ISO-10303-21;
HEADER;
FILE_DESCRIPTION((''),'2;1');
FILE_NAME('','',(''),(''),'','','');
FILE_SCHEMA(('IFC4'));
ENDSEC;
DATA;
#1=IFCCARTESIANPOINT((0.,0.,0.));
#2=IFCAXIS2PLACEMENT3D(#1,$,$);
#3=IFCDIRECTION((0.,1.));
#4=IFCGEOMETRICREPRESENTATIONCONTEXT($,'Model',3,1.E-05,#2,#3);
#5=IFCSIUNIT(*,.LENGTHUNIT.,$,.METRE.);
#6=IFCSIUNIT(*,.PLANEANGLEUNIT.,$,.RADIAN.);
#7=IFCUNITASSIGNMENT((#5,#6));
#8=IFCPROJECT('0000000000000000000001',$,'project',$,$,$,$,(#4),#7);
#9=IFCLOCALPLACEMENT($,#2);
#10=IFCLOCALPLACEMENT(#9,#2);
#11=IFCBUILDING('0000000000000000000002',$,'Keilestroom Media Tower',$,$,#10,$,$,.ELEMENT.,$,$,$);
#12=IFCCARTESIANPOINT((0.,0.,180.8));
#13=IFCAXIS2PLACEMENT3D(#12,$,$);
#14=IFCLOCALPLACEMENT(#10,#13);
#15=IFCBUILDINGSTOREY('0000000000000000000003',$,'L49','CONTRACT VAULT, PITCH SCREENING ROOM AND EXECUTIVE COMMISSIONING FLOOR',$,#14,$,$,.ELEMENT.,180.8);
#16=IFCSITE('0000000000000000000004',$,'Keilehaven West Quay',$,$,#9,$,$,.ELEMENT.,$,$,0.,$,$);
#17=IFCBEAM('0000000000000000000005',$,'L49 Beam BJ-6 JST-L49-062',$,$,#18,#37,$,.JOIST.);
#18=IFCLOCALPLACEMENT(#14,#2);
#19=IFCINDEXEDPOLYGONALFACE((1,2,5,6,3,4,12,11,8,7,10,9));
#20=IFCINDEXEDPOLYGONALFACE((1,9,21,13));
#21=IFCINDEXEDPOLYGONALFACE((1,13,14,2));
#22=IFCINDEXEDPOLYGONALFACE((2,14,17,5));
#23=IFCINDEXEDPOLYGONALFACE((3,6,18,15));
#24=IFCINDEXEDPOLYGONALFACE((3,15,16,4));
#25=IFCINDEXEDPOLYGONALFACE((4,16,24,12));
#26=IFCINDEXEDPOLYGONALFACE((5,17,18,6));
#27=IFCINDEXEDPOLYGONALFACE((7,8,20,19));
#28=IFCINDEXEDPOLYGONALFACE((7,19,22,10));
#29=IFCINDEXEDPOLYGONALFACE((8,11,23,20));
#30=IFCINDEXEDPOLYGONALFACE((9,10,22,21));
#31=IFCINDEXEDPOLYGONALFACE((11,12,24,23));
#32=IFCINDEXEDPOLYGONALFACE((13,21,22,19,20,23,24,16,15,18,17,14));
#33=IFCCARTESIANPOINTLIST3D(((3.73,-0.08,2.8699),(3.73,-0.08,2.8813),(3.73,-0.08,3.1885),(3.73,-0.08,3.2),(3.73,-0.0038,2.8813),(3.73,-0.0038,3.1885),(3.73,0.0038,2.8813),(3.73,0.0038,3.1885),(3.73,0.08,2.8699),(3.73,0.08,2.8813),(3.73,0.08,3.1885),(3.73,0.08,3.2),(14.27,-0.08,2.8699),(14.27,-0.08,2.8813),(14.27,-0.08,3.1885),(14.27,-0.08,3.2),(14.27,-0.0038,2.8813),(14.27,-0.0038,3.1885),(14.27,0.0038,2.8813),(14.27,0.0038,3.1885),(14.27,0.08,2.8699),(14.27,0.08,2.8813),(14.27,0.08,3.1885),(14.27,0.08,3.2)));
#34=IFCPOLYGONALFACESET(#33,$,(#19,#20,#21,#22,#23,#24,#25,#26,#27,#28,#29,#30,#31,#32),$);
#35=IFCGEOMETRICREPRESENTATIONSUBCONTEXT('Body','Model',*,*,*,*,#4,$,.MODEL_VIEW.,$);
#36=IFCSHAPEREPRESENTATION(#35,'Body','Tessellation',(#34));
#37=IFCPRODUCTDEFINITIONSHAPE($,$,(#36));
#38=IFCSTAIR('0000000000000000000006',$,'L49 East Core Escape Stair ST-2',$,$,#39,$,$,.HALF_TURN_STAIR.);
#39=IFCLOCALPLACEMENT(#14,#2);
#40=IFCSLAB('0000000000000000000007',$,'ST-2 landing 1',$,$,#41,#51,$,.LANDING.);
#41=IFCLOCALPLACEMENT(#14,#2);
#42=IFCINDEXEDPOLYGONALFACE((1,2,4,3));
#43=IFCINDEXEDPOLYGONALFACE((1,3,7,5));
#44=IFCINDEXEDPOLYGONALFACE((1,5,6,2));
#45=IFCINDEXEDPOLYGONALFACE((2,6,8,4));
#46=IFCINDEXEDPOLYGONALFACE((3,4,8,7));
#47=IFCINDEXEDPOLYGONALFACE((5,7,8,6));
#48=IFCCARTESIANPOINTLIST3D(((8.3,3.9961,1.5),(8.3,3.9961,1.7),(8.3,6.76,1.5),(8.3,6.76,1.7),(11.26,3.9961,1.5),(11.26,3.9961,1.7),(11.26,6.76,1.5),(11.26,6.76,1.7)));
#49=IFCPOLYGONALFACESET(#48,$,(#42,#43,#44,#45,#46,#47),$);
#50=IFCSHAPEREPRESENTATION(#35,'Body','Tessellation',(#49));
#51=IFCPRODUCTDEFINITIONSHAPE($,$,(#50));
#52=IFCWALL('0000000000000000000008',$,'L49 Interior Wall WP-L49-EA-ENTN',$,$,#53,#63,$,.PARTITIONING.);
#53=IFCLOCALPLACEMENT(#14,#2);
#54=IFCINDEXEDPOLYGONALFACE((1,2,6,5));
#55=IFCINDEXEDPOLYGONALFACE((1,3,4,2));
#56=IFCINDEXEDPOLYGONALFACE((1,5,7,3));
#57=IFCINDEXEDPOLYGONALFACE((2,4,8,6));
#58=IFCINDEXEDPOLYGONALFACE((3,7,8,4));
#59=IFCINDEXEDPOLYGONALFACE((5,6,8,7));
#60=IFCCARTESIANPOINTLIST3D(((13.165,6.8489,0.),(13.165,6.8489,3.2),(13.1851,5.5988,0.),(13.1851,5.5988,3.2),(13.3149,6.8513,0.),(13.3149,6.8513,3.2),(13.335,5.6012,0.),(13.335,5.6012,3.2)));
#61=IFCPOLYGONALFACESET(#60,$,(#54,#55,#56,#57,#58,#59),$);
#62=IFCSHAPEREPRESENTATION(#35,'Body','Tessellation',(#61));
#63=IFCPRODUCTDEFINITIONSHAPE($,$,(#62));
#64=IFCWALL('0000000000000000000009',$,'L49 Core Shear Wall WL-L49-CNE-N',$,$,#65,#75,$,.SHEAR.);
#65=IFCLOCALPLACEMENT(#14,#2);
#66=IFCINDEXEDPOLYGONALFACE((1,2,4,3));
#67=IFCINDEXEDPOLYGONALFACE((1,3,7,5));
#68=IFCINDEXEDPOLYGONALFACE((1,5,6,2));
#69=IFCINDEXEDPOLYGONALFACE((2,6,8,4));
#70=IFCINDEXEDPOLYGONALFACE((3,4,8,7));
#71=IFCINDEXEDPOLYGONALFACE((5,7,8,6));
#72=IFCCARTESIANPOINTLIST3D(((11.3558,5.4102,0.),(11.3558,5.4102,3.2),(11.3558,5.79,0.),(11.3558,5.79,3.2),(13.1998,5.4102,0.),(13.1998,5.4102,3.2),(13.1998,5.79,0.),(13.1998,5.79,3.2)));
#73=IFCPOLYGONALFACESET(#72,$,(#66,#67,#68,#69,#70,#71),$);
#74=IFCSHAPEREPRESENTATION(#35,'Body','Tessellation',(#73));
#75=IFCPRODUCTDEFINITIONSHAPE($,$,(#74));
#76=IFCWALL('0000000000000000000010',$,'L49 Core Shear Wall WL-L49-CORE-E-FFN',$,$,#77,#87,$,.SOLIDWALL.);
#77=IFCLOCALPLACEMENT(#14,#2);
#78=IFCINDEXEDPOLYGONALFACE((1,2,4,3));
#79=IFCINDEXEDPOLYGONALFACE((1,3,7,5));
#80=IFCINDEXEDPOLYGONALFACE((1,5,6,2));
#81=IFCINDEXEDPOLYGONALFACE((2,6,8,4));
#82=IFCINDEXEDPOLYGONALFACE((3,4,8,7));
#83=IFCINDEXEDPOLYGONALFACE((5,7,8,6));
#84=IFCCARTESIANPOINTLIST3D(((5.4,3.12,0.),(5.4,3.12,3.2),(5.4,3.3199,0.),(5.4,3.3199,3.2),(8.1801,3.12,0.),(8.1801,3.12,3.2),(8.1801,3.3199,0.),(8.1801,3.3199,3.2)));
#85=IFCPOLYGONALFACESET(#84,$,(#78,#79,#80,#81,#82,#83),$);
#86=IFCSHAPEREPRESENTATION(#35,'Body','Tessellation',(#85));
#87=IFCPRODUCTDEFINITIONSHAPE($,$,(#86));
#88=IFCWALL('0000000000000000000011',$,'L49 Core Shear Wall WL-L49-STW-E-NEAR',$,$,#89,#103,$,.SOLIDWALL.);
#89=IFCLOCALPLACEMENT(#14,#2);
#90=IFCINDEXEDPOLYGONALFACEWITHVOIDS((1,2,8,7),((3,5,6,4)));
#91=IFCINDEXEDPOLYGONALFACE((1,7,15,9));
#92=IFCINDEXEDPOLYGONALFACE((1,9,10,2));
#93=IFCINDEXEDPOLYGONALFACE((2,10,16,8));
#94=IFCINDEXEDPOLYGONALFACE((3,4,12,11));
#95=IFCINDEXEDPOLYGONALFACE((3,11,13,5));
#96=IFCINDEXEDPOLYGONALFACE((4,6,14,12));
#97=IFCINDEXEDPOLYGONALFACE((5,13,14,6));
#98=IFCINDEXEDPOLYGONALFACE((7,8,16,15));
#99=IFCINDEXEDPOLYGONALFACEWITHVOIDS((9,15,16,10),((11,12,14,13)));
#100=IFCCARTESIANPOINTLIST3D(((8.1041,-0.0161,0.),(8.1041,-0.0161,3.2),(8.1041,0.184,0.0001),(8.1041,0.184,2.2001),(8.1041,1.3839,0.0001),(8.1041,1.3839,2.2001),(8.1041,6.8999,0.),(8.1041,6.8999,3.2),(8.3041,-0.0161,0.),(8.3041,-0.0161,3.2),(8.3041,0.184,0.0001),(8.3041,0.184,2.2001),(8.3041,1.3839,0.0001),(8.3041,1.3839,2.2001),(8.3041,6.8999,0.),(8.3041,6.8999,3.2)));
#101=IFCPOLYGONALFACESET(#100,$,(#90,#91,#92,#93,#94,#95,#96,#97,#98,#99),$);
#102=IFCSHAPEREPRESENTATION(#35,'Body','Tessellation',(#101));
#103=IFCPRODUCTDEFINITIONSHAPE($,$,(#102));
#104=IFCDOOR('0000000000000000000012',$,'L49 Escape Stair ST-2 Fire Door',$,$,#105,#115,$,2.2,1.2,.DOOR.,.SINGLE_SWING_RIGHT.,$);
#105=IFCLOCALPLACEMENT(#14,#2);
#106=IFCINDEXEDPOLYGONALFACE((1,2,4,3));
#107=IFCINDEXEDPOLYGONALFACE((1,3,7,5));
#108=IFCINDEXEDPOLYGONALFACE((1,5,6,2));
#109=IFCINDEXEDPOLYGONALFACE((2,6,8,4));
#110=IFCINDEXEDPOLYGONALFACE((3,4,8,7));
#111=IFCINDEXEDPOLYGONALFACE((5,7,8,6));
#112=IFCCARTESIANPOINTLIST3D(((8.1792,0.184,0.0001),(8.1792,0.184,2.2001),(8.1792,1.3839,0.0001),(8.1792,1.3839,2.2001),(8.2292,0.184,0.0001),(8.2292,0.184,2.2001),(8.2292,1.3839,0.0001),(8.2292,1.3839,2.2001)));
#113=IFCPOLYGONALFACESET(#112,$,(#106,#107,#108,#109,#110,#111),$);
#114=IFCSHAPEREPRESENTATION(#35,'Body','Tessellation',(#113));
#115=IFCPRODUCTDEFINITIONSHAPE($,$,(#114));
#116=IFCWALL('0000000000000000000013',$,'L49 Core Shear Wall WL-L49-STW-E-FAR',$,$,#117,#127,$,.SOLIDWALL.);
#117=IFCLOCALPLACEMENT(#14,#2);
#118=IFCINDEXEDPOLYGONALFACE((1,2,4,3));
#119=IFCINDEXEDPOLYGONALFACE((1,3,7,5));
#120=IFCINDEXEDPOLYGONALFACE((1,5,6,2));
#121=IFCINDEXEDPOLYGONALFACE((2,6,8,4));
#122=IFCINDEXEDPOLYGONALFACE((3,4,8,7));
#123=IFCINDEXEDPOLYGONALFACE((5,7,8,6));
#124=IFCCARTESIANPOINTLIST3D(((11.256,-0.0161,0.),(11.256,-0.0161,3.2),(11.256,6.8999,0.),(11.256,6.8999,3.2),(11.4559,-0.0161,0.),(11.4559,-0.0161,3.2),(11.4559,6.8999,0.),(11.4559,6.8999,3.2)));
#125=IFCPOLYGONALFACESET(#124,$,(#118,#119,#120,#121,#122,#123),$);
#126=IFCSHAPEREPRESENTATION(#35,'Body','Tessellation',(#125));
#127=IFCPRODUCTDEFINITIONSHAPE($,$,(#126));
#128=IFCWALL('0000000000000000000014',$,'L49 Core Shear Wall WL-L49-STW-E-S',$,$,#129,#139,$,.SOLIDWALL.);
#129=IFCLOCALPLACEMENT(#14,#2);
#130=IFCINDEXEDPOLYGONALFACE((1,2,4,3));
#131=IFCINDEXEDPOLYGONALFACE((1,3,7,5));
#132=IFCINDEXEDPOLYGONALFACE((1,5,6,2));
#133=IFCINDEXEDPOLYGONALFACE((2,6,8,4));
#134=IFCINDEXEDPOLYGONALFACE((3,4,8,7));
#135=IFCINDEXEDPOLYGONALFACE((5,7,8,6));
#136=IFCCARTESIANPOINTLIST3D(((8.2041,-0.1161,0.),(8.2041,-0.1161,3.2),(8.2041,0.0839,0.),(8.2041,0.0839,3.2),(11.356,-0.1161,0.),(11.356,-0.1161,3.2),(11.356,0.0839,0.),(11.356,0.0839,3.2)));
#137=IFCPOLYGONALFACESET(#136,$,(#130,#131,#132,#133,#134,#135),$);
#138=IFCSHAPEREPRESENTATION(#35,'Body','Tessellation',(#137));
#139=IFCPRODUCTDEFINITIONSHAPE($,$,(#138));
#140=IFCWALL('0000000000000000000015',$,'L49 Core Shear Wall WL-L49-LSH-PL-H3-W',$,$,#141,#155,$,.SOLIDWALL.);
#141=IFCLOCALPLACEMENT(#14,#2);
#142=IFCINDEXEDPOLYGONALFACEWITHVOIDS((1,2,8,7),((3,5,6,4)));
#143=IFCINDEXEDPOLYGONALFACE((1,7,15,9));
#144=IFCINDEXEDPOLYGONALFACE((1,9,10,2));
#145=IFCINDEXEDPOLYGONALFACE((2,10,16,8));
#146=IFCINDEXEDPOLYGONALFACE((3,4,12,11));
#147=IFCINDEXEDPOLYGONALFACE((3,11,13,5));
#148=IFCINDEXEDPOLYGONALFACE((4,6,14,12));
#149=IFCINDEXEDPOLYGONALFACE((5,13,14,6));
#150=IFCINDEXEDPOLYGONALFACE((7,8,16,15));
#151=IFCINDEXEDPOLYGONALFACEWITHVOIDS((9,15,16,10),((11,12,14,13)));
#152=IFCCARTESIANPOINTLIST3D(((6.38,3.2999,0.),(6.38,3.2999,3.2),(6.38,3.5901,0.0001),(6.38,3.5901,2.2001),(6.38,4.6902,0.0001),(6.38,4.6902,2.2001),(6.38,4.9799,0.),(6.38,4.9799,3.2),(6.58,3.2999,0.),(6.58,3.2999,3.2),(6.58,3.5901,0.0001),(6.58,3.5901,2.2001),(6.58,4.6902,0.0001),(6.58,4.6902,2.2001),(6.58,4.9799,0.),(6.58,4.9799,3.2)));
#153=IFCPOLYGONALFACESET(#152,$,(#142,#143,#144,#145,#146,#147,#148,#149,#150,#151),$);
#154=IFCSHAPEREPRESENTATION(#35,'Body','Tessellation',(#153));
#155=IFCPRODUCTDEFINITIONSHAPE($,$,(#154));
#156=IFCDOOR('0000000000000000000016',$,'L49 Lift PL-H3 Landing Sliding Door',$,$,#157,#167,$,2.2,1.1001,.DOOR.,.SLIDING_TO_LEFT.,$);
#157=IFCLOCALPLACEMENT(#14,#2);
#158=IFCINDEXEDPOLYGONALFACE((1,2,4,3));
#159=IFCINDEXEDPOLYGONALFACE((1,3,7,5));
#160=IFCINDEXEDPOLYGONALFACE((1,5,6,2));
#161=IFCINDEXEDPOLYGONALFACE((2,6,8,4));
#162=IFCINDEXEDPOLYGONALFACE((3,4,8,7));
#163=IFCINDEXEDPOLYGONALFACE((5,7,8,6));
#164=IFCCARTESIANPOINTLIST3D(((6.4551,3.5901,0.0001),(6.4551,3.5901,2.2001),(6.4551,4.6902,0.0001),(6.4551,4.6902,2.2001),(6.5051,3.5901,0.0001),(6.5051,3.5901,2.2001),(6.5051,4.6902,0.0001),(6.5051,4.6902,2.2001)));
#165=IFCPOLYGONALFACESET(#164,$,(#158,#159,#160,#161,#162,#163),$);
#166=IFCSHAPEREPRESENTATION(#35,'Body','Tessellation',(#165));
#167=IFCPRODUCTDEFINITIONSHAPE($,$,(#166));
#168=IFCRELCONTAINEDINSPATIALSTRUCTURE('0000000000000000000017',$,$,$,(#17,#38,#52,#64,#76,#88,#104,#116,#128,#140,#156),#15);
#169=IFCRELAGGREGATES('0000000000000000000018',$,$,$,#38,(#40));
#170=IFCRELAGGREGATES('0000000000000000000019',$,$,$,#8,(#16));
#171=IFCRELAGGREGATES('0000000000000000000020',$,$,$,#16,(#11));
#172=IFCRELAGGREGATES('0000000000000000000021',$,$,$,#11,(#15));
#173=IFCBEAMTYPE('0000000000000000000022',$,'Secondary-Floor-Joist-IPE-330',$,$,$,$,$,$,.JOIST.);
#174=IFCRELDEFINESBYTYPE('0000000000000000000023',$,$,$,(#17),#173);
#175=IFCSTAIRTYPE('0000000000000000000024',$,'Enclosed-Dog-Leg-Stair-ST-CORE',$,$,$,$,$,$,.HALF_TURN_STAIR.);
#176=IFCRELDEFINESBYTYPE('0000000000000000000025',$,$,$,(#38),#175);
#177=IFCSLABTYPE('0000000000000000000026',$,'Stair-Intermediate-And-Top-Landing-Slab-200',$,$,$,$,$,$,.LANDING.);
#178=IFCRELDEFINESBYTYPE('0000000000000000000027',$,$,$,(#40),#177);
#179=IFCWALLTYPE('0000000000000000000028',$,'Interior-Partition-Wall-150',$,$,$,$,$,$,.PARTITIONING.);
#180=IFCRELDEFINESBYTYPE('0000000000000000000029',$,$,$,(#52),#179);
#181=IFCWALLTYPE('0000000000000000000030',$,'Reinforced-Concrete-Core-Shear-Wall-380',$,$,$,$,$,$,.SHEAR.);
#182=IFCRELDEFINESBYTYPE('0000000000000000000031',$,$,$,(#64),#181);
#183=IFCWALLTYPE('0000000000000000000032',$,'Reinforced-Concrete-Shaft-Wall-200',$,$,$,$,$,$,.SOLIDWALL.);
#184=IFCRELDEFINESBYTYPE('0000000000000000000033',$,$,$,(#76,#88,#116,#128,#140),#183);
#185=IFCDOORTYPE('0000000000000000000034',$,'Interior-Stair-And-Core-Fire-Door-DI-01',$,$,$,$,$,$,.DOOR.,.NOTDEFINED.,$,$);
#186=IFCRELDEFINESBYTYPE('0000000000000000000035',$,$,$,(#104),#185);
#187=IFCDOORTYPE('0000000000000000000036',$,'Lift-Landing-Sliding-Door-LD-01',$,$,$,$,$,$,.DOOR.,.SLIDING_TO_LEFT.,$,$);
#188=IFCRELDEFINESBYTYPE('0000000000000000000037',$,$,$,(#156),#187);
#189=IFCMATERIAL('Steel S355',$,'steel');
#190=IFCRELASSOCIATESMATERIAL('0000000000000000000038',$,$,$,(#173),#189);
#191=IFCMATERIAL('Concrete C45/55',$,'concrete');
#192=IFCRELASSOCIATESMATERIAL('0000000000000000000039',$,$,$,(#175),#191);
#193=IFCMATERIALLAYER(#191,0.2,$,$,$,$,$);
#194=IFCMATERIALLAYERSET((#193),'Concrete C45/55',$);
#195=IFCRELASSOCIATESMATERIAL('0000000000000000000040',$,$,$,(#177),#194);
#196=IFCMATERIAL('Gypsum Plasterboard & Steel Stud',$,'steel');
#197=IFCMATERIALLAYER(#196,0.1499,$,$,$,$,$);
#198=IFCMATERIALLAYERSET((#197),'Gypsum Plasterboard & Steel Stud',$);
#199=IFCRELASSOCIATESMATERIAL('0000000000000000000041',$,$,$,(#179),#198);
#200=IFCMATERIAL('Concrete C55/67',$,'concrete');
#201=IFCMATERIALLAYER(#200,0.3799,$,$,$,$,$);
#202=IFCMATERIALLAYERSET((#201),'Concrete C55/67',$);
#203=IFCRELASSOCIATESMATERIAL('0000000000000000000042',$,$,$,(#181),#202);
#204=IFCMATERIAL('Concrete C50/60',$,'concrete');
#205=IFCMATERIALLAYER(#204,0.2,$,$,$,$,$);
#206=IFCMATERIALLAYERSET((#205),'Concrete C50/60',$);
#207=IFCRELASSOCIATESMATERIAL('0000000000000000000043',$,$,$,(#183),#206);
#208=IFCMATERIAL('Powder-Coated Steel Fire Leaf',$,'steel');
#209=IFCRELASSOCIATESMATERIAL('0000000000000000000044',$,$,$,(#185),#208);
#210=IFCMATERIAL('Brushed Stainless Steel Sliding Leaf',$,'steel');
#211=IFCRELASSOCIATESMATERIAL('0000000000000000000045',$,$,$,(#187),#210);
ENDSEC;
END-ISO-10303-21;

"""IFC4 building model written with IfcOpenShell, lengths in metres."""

from ifc_helpers import new_model, si_unit, direction, frame, frame_2d, origin, origin_2d, place, context, subcontext, project, spatial, polyline, rectangle, i_section, outline, extrude, source, transform, mapped, material, layer, layer_set, material_profile, profile_set, type_object, element, fill, aggregate, save


model = new_model("IFC4")

# Units and contexts
model_context = context("Model", 3, precision=1e-05, world=origin(), true_north=direction((0.0, 1.0)))
body_context = subcontext(model_context, "Body", "Model", "MODEL_VIEW")
ifc_project = project(units=[si_unit("LENGTHUNIT", "METRE"), si_unit("PLANEANGLEUNIT", "RADIAN")], contexts=[model_context])

# Site, building, storey
site_placement = place(None, origin())
site = spatial("IfcSite", under=ifc_project, at=site_placement, Name="Keilehaven West Quay", CompositionType="ELEMENT", RefElevation=0.0)
building_placement = place(site_placement, origin())
building = spatial("IfcBuilding", under=site, at=building_placement, Name="Keilestroom Media Tower", CompositionType="ELEMENT")
storey_placement = place(building_placement, frame((0.0, 0.0, 180.8)))
storey = spatial("IfcBuildingStorey", under=building, at=storey_placement, Name="L49", Description="CONTRACT VAULT, PITCH SCREENING ROOM AND EXECUTIVE COMMISSIONING FLOOR", CompositionType="ELEMENT", Elevation=180.8)

# Beam
ifc_material_1 = material(Name="Steel S355", Category="steel")
ifc_material_profile = material_profile(ifc_material_1, i_section(OverallWidth=0.1599, OverallDepth=0.3301, WebThickness=0.0076, FlangeThickness=0.0115, at=origin_2d()), Name="IPE 330")
ifc_profile_set = profile_set([ifc_material_profile], Name="Steel S355")
beam_type = type_object("IfcBeamType", Name="Secondary-Floor-Joist-IPE-330", PredefinedType="JOIST", material=ifc_profile_set)
shared_shape_1 = source(origin(), body_context, "Body", "SweptSolid", [
    extrude(i_section(OverallWidth=0.1599, OverallDepth=0.3301, WebThickness=0.0076, FlangeThickness=0.0115, at=origin_2d()), origin(), (0.0, 0.0, 1.0), 10.54),
])
beam_placement = place(storey_placement, frame((3.73, 0.0, 3.0349), z_axis=(1.0, 0.0, 0.0), x_axis=(0.0, 1.0, 0.0)))
element("IfcBeam", 1, at=beam_placement, inside=storey, type_object=beam_type, Name="L49 Beam BJ-6 JST-L49-062", PredefinedType="JOIST", context=body_context, shape_type="MappedRepresentation", body=[
    mapped(shared_shape_1, transform((0.0, 0.0, 0.0), x_axis=(1.0, 0.0, 0.0), y_axis=(0.0, 1.0, 0.0), z_axis=(0.0, 0.0, 1.0), scale=1.0)),
])

# Stair, slab
ifc_material_2 = material(Name="Concrete C45/55", Category="concrete")
stair_type = type_object("IfcStairType", Name="Enclosed-Dog-Leg-Stair-ST-CORE", PredefinedType="HALF_TURN_STAIR", material=ifc_material_2)
stair_placement = place(storey_placement, origin())
stair = element("IfcStair", 2, at=stair_placement, inside=storey, type_object=stair_type, Name="L49 East Core Escape Stair ST-2", PredefinedType="HALF_TURN_STAIR")
ifc_layer_1 = layer(ifc_material_2, 0.2)
ifc_layer_set_1 = layer_set([ifc_layer_1], Name="Concrete C45/55")
slab_type = type_object("IfcSlabType", Name="Stair-Intermediate-And-Top-Landing-Slab-200", PredefinedType="LANDING", material=ifc_layer_set_1)
slab_placement = place(storey_placement, frame((0.0, 0.0, 1.5)))
slab = element("IfcSlab", 3, at=slab_placement, type_object=slab_type, Name="ST-2 landing 1", PredefinedType="LANDING", context=body_context, shape_type="SweptSolid", body=[
    extrude(outline(polyline([(11.26, 3.9961), (11.26, 6.76), (8.3, 6.76), (8.3, 3.9961), (11.26, 3.9961)])), origin(), (0.0, 0.0, 1.0), 0.2),
])

# Walls
ifc_material_3 = material(Name="Gypsum Plasterboard & Steel Stud", Category="steel")
ifc_layer_2 = layer(ifc_material_3, 0.1499)
ifc_layer_set_2 = layer_set([ifc_layer_2], Name="Gypsum Plasterboard & Steel Stud")
wall_type_1 = type_object("IfcWallType", Name="Interior-Partition-Wall-150", PredefinedType="PARTITIONING", material=ifc_layer_set_2)
wall_1_placement = place(storey_placement, frame((13.26, 5.6001, 0.0), z_axis=(0.0, 0.0, 1.0), x_axis=(-0.016014, 0.999872, 0.0)))
element("IfcWall", 4, at=wall_1_placement, inside=storey, type_object=wall_type_1, Name="L49 Interior Wall WP-L49-EA-ENTN", PredefinedType="PARTITIONING", context=body_context, shape_type="SweptSolid", body=[
    extrude(rectangle(XDim=1.2502, YDim=0.1499, at=frame_2d((0.625, 0.0))), origin(), (0.0, 0.0, 1.0), 3.2),
])
ifc_material_4 = material(Name="Concrete C55/67", Category="concrete")
ifc_layer_3 = layer(ifc_material_4, 0.3799)
ifc_layer_set_3 = layer_set([ifc_layer_3], Name="Concrete C55/67")
wall_type_2 = type_object("IfcWallType", Name="Reinforced-Concrete-Core-Shear-Wall-380", PredefinedType="SHEAR", material=ifc_layer_set_3)
wall_2_placement = place(storey_placement, frame((11.356, 5.6001, 0.0), z_axis=(0.0, 0.0, 1.0), x_axis=(1.0, 0.0, 0.0)))
element("IfcWall", 5, at=wall_2_placement, inside=storey, type_object=wall_type_2, Name="L49 Core Shear Wall WL-L49-CNE-N", PredefinedType="SHEAR", context=body_context, shape_type="SweptSolid", body=[
    extrude(rectangle(XDim=1.844, YDim=0.3799, at=frame_2d((0.9219, 0.0))), origin(), (0.0, 0.0, 1.0), 3.2),
])
ifc_material_5 = material(Name="Concrete C50/60", Category="concrete")
ifc_layer_4 = layer(ifc_material_5, 0.2)
ifc_layer_set_4 = layer_set([ifc_layer_4], Name="Concrete C50/60")
wall_type_3 = type_object("IfcWallType", Name="Reinforced-Concrete-Shaft-Wall-200", PredefinedType="SOLIDWALL", material=ifc_layer_set_4)
wall_3_placement = place(storey_placement, frame((5.3999, 3.22, 0.0), z_axis=(0.0, 0.0, 1.0), x_axis=(1.0, 0.0, 0.0)))
element("IfcWall", 6, at=wall_3_placement, inside=storey, type_object=wall_type_3, Name="L49 Core Shear Wall WL-L49-CORE-E-FFN", PredefinedType="SOLIDWALL", context=body_context, shape_type="SweptSolid", body=[
    extrude(rectangle(XDim=2.78, YDim=0.2, at=frame_2d((1.3901, 0.0))), origin(), (0.0, 0.0, 1.0), 3.2),
])

# Wall, opening, door
wall_4_placement = place(storey_placement, frame((8.2041, -0.0161, 0.0), z_axis=(0.0, 0.0, 1.0), x_axis=(0.0, 1.0, 0.0)))
wall_4 = element("IfcWall", 7, at=wall_4_placement, inside=storey, type_object=wall_type_3, Name="L49 Core Shear Wall WL-L49-STW-E-NEAR", PredefinedType="SOLIDWALL", context=body_context, shape_type="SweptSolid", body=[
    extrude(rectangle(XDim=6.916, YDim=0.2, at=frame_2d((3.458, 0.0))), origin(), (0.0, 0.0, 1.0), 3.2),
])
opening_1_placement = place(wall_4_placement, frame((0.2, 0.0, 0.0)))
opening_1 = element("IfcOpeningElement", 8, at=opening_1_placement, cuts=wall_4, PredefinedType="OPENING", context=body_context, shape_type="SweptSolid", body=[
    extrude(rectangle(XDim=1.2, YDim=2.2, at=frame_2d((0.6001, 1.1001))), frame((0.0, 0.1099, 0.0), z_axis=(0.0, -1.0, 0.0), x_axis=(1.0, 0.0, 0.0)), (0.0, 0.0, 1.0), 0.22),
])
ifc_material_6 = material(Name="Powder-Coated Steel Fire Leaf", Category="steel")
door_type_1 = type_object("IfcDoorType", Name="Interior-Stair-And-Core-Fire-Door-DI-01", OperationType="NOTDEFINED", PredefinedType="DOOR", material=ifc_material_6)
shared_shape_2 = source(origin(), body_context, "Body", "SweptSolid", [
    extrude(rectangle(XDim=1.2, YDim=2.2, at=frame_2d((0.6001, 1.1001))), frame((0.0, 0.0249, 0.0), z_axis=(0.0, -1.0, 0.0), x_axis=(1.0, 0.0, 0.0)), (0.0, 0.0, 1.0), 0.05),
])
door_1_placement = place(opening_1_placement, origin())
door_1 = element("IfcDoor", 9, at=door_1_placement, inside=storey, type_object=door_type_1, Name="L49 Escape Stair ST-2 Fire Door", OperationType="SINGLE_SWING_RIGHT", OverallHeight=2.2, OverallWidth=1.2, PredefinedType="DOOR", context=body_context, shape_type="MappedRepresentation", body=[
    mapped(shared_shape_2, transform((0.0, 0.0, 0.0), x_axis=(1.0, 0.0, 0.0), y_axis=(0.0, 1.0, 0.0), z_axis=(0.0, 0.0, 1.0), scale=1.0)),
])
fill(opening_1, door_1)

# Walls
wall_5_placement = place(storey_placement, frame((11.356, -0.0161, 0.0), z_axis=(0.0, 0.0, 1.0), x_axis=(0.0, 1.0, 0.0)))
element("IfcWall", 10, at=wall_5_placement, inside=storey, type_object=wall_type_3, Name="L49 Core Shear Wall WL-L49-STW-E-FAR", PredefinedType="SOLIDWALL", context=body_context, shape_type="SweptSolid", body=[
    extrude(rectangle(XDim=6.916, YDim=0.2, at=frame_2d((3.458, 0.0))), origin(), (0.0, 0.0, 1.0), 3.2),
])
wall_6_placement = place(storey_placement, frame((8.2041, -0.0161, 0.0), z_axis=(0.0, 0.0, 1.0), x_axis=(1.0, 0.0, 0.0)))
element("IfcWall", 11, at=wall_6_placement, inside=storey, type_object=wall_type_3, Name="L49 Core Shear Wall WL-L49-STW-E-S", PredefinedType="SOLIDWALL", context=body_context, shape_type="SweptSolid", body=[
    extrude(rectangle(XDim=3.1519, YDim=0.2, at=frame_2d((1.5759, 0.0))), origin(), (0.0, 0.0, 1.0), 3.2),
])

# Wall, opening, door
wall_7_placement = place(storey_placement, frame((6.48, 3.3, 0.0), z_axis=(0.0, 0.0, 1.0), x_axis=(0.0, 1.0, 0.0)))
wall_7 = element("IfcWall", 12, at=wall_7_placement, inside=storey, type_object=wall_type_3, Name="L49 Core Shear Wall WL-L49-LSH-PL-H3-W", PredefinedType="SOLIDWALL", context=body_context, shape_type="SweptSolid", body=[
    extrude(rectangle(XDim=1.6799, YDim=0.2, at=frame_2d((0.8398, 0.0))), origin(), (0.0, 0.0, 1.0), 3.2),
])
opening_2_placement = place(wall_7_placement, frame((0.29, 0.0, 0.0)))
opening_2 = element("IfcOpeningElement", 13, at=opening_2_placement, cuts=wall_7, PredefinedType="OPENING", context=body_context, shape_type="SweptSolid", body=[
    extrude(rectangle(XDim=1.1001, YDim=2.2, at=frame_2d((0.55, 1.1001))), frame((0.0, 0.1099, 0.0), z_axis=(0.0, -1.0, 0.0), x_axis=(1.0, 0.0, 0.0)), (0.0, 0.0, 1.0), 0.22),
])
ifc_material_7 = material(Name="Brushed Stainless Steel Sliding Leaf", Category="steel")
door_type_2 = type_object("IfcDoorType", Name="Lift-Landing-Sliding-Door-LD-01", OperationType="SLIDING_TO_LEFT", PredefinedType="DOOR", material=ifc_material_7)
shared_shape_3 = source(origin(), body_context, "Body", "SweptSolid", [
    extrude(rectangle(XDim=1.1001, YDim=2.2, at=frame_2d((0.55, 1.1001))), frame((0.0, 0.0249, 0.0), z_axis=(0.0, -1.0, 0.0), x_axis=(1.0, 0.0, 0.0)), (0.0, 0.0, 1.0), 0.05),
])
door_2_placement = place(opening_2_placement, origin())
door_2 = element("IfcDoor", 14, at=door_2_placement, inside=storey, type_object=door_type_2, Name="L49 Lift PL-H3 Landing Sliding Door", OperationType="SLIDING_TO_LEFT", OverallHeight=2.2, OverallWidth=1.1001, PredefinedType="DOOR", context=body_context, shape_type="MappedRepresentation", body=[
    mapped(shared_shape_3, transform((0.0, 0.0, 0.0), x_axis=(1.0, 0.0, 0.0), y_axis=(0.0, 1.0, 0.0), z_axis=(0.0, 0.0, 1.0), scale=1.0)),
])
fill(opening_2, door_2)

aggregate(stair, [slab])

save(model, "model.ifc")
